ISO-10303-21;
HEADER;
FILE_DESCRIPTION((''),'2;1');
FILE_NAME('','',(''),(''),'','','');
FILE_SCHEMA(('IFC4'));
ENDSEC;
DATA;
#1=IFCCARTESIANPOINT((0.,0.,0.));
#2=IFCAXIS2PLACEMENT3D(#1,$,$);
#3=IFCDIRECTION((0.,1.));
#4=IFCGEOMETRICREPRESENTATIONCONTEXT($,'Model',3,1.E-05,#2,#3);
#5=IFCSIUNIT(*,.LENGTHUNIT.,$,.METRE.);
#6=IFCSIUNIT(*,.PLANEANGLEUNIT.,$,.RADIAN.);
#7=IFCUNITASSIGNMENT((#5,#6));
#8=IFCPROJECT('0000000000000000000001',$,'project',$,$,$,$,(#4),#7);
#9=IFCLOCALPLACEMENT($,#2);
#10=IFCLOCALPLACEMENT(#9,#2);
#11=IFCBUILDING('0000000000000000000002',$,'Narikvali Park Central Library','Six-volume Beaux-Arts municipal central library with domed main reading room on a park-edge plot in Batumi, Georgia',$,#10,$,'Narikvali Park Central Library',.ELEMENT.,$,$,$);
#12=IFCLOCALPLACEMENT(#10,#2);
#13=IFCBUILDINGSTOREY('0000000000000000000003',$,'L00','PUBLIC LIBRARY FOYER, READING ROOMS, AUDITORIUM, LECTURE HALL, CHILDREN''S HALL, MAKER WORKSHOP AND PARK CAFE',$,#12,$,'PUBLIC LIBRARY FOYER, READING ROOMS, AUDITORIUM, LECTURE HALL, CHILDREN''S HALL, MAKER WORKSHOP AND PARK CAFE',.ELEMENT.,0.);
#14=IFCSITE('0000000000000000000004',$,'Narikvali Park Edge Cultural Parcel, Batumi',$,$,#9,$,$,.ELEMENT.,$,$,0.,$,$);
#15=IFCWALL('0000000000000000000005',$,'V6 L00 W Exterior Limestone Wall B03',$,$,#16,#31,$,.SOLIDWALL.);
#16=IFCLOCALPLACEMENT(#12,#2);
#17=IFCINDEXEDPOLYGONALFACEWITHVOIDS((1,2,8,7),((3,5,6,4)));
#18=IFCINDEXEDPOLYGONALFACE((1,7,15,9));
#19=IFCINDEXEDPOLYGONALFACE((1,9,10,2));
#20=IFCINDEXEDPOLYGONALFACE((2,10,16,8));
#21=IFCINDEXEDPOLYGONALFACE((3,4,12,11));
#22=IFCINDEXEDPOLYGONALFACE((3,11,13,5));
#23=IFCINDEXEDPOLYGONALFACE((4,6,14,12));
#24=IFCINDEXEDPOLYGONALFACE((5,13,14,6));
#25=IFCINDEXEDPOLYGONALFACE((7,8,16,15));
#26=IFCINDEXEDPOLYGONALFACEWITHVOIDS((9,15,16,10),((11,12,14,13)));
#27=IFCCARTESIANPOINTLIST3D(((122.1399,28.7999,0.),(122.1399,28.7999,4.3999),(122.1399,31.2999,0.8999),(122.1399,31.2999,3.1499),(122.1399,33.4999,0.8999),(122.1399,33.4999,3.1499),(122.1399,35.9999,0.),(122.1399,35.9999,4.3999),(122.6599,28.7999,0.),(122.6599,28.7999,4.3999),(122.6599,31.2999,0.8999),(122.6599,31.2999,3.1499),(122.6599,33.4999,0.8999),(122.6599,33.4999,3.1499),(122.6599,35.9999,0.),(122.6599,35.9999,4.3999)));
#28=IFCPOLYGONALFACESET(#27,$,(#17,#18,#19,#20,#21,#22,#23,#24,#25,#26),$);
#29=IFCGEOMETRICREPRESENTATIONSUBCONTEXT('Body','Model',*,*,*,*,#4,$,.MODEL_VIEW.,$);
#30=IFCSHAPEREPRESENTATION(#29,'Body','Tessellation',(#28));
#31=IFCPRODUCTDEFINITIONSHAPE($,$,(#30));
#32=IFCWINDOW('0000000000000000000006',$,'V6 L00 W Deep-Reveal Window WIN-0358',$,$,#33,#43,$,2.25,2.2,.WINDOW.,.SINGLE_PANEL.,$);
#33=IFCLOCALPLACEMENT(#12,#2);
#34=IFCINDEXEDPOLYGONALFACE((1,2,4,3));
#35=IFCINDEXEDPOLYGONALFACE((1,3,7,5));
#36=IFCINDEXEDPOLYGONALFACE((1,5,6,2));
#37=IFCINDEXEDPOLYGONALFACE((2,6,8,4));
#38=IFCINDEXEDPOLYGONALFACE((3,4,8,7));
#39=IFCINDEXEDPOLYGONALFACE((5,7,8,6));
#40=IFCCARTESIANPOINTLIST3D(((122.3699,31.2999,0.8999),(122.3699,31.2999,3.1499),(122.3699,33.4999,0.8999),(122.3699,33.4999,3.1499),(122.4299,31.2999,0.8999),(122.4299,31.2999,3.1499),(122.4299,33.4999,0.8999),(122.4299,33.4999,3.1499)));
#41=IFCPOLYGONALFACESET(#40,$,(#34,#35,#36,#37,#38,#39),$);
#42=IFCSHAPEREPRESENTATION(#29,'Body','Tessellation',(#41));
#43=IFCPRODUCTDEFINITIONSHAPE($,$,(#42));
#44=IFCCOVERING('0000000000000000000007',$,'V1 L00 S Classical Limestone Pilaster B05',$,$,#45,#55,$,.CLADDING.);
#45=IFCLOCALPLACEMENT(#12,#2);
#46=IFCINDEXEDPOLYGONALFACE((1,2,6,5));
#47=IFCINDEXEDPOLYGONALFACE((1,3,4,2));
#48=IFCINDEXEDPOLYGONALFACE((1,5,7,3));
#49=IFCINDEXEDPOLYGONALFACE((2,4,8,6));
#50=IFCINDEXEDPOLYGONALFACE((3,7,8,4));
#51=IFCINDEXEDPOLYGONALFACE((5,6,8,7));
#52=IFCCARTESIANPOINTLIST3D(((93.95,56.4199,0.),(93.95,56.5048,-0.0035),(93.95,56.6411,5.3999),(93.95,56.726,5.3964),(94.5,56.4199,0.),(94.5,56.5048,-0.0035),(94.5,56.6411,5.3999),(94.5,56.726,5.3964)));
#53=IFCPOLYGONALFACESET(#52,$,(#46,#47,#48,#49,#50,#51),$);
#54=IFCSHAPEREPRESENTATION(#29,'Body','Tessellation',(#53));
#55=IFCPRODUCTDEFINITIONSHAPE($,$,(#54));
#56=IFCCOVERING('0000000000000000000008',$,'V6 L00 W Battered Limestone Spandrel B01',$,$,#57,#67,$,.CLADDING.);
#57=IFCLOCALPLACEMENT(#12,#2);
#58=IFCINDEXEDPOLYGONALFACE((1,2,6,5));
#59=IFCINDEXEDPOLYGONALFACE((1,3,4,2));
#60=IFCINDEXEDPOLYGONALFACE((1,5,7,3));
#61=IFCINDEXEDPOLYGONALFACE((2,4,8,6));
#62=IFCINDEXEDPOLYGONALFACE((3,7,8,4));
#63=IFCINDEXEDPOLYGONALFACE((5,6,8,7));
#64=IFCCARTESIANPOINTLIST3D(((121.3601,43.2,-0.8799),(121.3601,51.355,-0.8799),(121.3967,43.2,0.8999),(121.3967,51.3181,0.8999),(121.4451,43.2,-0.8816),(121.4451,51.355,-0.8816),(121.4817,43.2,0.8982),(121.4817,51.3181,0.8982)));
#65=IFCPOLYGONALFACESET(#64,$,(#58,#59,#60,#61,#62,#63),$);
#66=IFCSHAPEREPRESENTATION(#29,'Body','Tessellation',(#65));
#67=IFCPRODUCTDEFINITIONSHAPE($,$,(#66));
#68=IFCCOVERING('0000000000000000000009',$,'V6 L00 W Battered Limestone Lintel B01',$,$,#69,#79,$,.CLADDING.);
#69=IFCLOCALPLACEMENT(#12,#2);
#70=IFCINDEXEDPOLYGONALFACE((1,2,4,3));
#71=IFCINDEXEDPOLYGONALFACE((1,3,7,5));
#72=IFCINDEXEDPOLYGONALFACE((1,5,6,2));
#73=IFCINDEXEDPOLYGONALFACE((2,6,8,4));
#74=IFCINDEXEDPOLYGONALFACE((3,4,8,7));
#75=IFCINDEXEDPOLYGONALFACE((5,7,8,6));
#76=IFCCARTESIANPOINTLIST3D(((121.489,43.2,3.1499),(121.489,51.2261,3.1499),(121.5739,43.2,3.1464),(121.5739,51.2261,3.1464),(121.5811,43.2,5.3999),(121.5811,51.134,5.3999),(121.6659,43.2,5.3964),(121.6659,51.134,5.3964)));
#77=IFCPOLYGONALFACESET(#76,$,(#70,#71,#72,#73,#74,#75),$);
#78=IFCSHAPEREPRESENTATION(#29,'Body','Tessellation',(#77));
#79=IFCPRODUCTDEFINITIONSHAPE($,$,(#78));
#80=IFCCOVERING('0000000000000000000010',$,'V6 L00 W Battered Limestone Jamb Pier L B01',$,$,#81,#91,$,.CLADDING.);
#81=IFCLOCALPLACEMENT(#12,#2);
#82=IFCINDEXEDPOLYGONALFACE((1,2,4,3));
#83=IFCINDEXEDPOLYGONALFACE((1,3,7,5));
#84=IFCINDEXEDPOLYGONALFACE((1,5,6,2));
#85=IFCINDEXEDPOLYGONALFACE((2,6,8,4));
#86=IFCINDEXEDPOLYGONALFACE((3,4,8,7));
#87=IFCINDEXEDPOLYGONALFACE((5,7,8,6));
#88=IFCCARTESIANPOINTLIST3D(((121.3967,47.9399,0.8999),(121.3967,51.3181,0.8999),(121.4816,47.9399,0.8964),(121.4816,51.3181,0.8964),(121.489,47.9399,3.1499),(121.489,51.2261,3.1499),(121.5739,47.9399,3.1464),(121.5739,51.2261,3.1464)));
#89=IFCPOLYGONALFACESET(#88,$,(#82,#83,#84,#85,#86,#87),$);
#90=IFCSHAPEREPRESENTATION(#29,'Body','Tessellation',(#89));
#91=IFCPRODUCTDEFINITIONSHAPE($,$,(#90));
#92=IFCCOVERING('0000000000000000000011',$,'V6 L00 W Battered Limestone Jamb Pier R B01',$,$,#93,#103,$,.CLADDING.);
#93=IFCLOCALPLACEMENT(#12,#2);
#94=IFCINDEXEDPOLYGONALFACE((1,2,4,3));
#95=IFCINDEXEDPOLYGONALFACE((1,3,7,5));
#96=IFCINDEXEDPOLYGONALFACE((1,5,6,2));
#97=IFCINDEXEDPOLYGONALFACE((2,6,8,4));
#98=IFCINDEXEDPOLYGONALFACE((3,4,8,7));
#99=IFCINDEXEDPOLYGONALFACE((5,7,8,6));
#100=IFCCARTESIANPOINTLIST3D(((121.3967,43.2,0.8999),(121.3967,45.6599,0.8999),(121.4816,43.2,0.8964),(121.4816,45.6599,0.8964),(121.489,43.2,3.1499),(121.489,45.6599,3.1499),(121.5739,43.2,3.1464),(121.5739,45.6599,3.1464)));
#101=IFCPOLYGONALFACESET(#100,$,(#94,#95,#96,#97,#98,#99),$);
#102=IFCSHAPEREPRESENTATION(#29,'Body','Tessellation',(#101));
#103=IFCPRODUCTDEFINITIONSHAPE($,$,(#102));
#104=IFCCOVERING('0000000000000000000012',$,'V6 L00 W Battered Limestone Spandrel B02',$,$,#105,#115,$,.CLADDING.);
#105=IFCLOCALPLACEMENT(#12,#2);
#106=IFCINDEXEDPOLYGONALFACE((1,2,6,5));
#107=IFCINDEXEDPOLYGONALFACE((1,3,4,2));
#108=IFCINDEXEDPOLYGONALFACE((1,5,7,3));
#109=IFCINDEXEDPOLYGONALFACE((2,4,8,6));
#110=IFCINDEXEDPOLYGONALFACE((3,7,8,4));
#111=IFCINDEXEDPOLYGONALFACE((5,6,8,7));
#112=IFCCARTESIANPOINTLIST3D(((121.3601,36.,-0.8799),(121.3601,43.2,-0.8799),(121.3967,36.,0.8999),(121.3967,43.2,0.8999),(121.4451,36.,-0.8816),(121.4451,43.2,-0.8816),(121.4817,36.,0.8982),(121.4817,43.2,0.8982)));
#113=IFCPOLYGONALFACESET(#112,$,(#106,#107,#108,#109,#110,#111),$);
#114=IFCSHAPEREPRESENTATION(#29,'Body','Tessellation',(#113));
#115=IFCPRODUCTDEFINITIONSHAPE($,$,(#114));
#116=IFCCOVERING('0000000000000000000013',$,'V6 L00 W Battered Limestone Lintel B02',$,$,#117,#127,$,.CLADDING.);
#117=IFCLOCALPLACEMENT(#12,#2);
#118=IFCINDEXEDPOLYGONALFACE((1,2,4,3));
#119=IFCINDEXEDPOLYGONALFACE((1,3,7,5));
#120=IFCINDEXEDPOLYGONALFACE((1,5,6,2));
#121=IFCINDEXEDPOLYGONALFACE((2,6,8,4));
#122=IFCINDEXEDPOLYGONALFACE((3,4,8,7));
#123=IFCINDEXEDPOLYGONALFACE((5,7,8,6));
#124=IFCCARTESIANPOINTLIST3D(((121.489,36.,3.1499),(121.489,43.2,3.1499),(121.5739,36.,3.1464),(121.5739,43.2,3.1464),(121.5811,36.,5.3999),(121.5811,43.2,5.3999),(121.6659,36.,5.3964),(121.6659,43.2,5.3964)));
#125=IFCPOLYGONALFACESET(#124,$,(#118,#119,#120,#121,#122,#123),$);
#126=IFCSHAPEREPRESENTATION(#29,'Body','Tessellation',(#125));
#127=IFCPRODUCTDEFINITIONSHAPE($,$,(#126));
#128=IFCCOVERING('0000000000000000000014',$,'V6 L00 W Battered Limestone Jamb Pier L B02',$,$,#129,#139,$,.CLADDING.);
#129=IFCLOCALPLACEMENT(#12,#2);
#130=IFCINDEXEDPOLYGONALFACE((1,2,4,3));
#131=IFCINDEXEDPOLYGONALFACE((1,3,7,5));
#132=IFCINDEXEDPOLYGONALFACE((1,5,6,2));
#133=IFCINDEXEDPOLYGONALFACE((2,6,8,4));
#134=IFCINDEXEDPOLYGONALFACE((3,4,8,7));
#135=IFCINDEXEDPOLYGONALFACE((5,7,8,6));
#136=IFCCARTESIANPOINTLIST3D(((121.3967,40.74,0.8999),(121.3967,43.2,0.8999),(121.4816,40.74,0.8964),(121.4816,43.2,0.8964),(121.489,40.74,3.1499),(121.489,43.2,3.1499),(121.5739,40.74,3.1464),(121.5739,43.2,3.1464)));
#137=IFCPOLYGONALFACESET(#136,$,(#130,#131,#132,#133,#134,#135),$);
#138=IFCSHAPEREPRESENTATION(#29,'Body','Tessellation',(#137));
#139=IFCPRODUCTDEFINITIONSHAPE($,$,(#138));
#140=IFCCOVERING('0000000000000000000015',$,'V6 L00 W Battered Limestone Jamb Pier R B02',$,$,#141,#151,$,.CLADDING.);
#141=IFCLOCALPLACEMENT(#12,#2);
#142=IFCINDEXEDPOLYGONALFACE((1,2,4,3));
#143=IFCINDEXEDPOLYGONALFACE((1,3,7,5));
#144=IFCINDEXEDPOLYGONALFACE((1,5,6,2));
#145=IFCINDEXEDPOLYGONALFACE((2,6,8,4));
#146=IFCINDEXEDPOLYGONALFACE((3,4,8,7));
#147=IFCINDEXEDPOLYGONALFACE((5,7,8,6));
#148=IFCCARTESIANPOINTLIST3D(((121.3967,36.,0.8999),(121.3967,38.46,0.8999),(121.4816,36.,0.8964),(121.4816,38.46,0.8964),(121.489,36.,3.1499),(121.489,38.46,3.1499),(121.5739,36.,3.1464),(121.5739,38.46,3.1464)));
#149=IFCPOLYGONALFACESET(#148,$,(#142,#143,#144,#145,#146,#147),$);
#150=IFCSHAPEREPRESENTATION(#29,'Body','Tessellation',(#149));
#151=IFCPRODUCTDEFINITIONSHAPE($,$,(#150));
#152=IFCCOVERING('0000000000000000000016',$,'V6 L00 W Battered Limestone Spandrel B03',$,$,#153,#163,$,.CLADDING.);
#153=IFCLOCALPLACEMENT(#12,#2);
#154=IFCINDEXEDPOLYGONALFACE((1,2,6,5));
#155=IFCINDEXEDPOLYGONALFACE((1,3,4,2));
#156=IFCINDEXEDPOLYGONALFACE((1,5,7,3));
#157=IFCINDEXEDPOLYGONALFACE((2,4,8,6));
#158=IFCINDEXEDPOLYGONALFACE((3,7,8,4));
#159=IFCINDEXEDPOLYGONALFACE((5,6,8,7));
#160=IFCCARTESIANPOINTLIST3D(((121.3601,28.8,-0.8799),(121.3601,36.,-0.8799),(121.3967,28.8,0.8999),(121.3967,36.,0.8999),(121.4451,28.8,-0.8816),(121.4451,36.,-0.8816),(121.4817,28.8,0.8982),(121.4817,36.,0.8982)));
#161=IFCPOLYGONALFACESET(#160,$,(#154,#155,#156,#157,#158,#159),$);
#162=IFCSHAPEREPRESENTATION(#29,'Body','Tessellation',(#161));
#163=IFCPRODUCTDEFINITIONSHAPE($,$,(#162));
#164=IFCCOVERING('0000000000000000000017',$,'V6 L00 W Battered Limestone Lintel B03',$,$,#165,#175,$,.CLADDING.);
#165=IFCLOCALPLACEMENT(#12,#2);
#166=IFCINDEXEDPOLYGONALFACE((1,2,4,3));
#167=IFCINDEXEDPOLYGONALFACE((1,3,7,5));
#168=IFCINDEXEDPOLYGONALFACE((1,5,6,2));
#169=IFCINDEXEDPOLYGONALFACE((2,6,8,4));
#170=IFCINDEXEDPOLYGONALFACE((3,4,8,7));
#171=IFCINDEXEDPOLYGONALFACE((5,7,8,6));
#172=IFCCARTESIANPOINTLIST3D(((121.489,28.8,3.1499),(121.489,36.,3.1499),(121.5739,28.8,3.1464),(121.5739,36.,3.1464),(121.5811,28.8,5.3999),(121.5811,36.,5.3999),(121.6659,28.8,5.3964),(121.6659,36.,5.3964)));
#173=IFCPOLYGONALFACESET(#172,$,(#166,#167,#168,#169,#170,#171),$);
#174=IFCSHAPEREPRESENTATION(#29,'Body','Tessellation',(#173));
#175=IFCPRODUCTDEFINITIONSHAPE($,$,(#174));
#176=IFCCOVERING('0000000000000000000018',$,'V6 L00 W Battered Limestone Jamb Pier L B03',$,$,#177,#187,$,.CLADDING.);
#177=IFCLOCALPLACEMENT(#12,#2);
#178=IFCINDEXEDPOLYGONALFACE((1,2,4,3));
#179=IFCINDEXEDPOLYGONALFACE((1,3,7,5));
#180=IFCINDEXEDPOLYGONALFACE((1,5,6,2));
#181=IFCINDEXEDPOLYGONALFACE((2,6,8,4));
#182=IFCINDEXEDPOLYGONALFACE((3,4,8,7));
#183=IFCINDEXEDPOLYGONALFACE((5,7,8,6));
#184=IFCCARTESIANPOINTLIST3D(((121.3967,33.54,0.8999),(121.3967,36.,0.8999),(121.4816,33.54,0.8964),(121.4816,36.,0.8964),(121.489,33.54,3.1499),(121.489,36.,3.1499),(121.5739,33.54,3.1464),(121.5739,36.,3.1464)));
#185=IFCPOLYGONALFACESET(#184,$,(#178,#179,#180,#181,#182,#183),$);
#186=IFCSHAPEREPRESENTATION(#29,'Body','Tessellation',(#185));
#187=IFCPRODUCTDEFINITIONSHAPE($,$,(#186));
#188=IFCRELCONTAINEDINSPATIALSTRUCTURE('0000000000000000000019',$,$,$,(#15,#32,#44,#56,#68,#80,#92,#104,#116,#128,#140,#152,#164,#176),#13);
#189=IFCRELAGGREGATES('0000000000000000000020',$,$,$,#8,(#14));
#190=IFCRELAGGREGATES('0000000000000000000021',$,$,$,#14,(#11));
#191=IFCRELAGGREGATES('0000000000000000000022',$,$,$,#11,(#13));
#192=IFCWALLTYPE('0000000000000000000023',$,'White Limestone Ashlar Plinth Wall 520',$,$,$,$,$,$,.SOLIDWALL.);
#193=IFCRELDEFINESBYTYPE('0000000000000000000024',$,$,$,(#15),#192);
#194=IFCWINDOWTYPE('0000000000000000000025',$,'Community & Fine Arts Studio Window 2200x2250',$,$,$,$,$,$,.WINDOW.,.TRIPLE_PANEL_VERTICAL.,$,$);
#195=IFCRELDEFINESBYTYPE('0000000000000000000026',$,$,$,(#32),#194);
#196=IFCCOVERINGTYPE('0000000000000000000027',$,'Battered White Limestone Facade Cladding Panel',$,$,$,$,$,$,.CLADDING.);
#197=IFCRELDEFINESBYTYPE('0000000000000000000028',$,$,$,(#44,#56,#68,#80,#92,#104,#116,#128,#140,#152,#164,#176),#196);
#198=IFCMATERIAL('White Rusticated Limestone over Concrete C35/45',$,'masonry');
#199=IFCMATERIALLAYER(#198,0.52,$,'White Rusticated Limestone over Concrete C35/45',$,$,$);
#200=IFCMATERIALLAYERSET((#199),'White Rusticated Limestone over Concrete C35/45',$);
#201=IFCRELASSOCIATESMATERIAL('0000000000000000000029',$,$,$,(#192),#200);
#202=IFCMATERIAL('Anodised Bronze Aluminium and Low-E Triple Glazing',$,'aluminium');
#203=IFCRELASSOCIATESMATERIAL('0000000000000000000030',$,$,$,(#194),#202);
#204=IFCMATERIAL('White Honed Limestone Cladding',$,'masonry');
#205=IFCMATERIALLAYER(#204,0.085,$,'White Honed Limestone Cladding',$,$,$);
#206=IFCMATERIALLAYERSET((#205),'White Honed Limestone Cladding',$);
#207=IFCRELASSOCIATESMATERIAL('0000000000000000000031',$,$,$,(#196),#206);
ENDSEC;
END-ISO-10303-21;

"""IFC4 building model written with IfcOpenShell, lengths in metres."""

from ifc_helpers import new_model, si_unit, direction, frame, frame_2d, origin, place, context, subcontext, project, spatial, polyline, rectangle, outline, extrude, material, layer, layer_set, type_object, element, fill, save


model = new_model("IFC4")

# Units and contexts
model_context = context("Model", 3, precision=1e-05, world=origin(), true_north=direction((0.0, 1.0)))
body_context = subcontext(model_context, "Body", "Model", "MODEL_VIEW")
ifc_project = project(units=[si_unit("LENGTHUNIT", "METRE"), si_unit("PLANEANGLEUNIT", "RADIAN")], contexts=[model_context])

# Site, building, storey
site_placement = place(None, origin())
site = spatial("IfcSite", under=ifc_project, at=site_placement, Name="Narikvali Park Edge Cultural Parcel, Batumi", CompositionType="ELEMENT", RefElevation=0.0)
building_placement = place(site_placement, origin())
building = spatial("IfcBuilding", under=site, at=building_placement, Name="Narikvali Park Central Library", Description="Six-volume Beaux-Arts municipal central library with domed main reading room on a park-edge plot in Batumi, Georgia", LongName="Narikvali Park Central Library", CompositionType="ELEMENT")
storey_placement = place(building_placement, origin())
storey = spatial("IfcBuildingStorey", under=building, at=storey_placement, Name="L00", Description="PUBLIC LIBRARY FOYER, READING ROOMS, AUDITORIUM, LECTURE HALL, CHILDREN'S HALL, MAKER WORKSHOP AND PARK CAFE", LongName="PUBLIC LIBRARY FOYER, READING ROOMS, AUDITORIUM, LECTURE HALL, CHILDREN'S HALL, MAKER WORKSHOP AND PARK CAFE", CompositionType="ELEMENT", Elevation=0.0)

# Wall, opening, window
ifc_material_1 = material(Name="White Rusticated Limestone over Concrete C35/45", Category="masonry")
ifc_layer_1 = layer(ifc_material_1, 0.52, Name="White Rusticated Limestone over Concrete C35/45")
ifc_layer_set_1 = layer_set([ifc_layer_1], Name="White Rusticated Limestone over Concrete C35/45")
wall_type = type_object("IfcWallType", Name="White Limestone Ashlar Plinth Wall 520", PredefinedType="SOLIDWALL", material=ifc_layer_set_1)
ifc_material_2 = material(Name="Anodised Bronze Aluminium and Low-E Triple Glazing", Category="aluminium")
window_type = type_object("IfcWindowType", Name="Community & Fine Arts Studio Window 2200x2250", PartitioningType="TRIPLE_PANEL_VERTICAL", PredefinedType="WINDOW", material=ifc_material_2)
wall_1_placement = place(storey_placement, frame((122.3999, 36.0, 0.0), z_axis=(0.0, 0.0, 1.0), x_axis=(0.0, -1.0, 0.0)))
wall_1 = element("IfcWall", 1, at=wall_1_placement, inside=storey, type_object=wall_type, Name="V6 L00 W Exterior Limestone Wall B03", PredefinedType="SOLIDWALL", context=body_context, shape_type="SweptSolid", body=[
    extrude(rectangle(XDim=7.2, YDim=0.52, at=frame_2d((3.6001, 0.0))), origin(), (0.0, 0.0, 1.0), 4.3999),
])
opening_1_placement = place(wall_1_placement, frame((2.5, 0.0, 0.8999)))
opening_1 = element("IfcOpeningElement", 2, at=opening_1_placement, cuts=wall_1, PredefinedType="OPENING", context=body_context, shape_type="SweptSolid", body=[
    extrude(rectangle(XDim=2.2, YDim=2.25, at=frame_2d((1.1001, 1.125))), frame((0.0, 0.272, 0.0), z_axis=(0.0, -1.0, 0.0), x_axis=(1.0, 0.0, 0.0)), (0.0, 0.0, 1.0), 0.5439),
])
window_1_placement = place(opening_1_placement, origin())
window_1 = element("IfcWindow", 3, at=window_1_placement, inside=storey, type_object=window_type, Name="V6 L00 W Deep-Reveal Window WIN-0358", OverallHeight=2.25, OverallWidth=2.2, PartitioningType="SINGLE_PANEL", PredefinedType="WINDOW", context=body_context, shape_type="SweptSolid", body=[
    extrude(rectangle(XDim=2.2, YDim=2.25, at=frame_2d((1.1001, 1.125))), frame((0.0, 0.03, 0.0), z_axis=(0.0, -1.0, 0.0), x_axis=(1.0, 0.0, 0.0)), (0.0, 0.0, 1.0), 0.0601),
])
fill(opening_1, window_1)

# Coverings
ifc_material_3 = material(Name="White Honed Limestone Cladding", Category="masonry")
ifc_layer_2 = layer(ifc_material_3, 0.085, Name="White Honed Limestone Cladding")
ifc_layer_set_2 = layer_set([ifc_layer_2], Name="White Honed Limestone Cladding")
covering_type = type_object("IfcCoveringType", Name="Battered White Limestone Facade Cladding Panel", PredefinedType="CLADDING", material=ifc_layer_set_2)
covering_1_placement = place(storey_placement, frame((93.95, 56.4199, 0.0), z_axis=(0.0, -0.999162, 0.040928), x_axis=(1.0, 0.0, 0.0)))
element("IfcCovering", 4, at=covering_1_placement, inside=storey, type_object=covering_type, Name="V1 L00 S Classical Limestone Pilaster B05", PredefinedType="CLADDING", context=body_context, shape_type="SweptSolid", body=[
    extrude(outline(polyline([(0.0, 0.0), (0.55, 0.0), (0.55, 5.4044), (0.0, 5.4044), (0.0, 0.0)])), origin(), (0.0, 0.0, -1.0), 0.085),
])
covering_2_placement = place(storey_placement, frame((121.3601, 51.355, -0.8799), z_axis=(-0.999788, 0.0, 0.020572), x_axis=(0.0, -1.0, 0.0)))
element("IfcCovering", 5, at=covering_2_placement, inside=storey, type_object=covering_type, Name="V6 L00 W Battered Limestone Spandrel B01", PredefinedType="CLADDING", context=body_context, shape_type="SweptSolid", body=[
    extrude(outline(polyline([(0.0, 0.0), (8.155, 0.0), (8.155, 1.7802), (0.0369, 1.7802), (0.0, 0.0)])), origin(), (0.0, 0.0, -1.0), 0.085),
])
covering_3_placement = place(storey_placement, frame((121.489, 51.2261, 3.1499), z_axis=(-0.999164, 0.0, 0.040873), x_axis=(0.0, -1.0, 0.0)))
element("IfcCovering", 6, at=covering_3_placement, inside=storey, type_object=covering_type, Name="V6 L00 W Battered Limestone Lintel B01", PredefinedType="CLADDING", context=body_context, shape_type="SweptSolid", body=[
    extrude(outline(polyline([(0.0, 0.0), (8.0261, 0.0), (8.0261, 2.2519), (0.092, 2.2519), (0.0, 0.0)])), origin(), (0.0, 0.0, -1.0), 0.085),
])
covering_4_placement = place(storey_placement, frame((121.3967, 51.3181, 0.8999), z_axis=(-0.99916, 0.0, 0.040981), x_axis=(0.0, -1.0, 0.0)))
element("IfcCovering", 7, at=covering_4_placement, inside=storey, type_object=covering_type, Name="V6 L00 W Battered Limestone Jamb Pier L B01", PredefinedType="CLADDING", context=body_context, shape_type="SweptSolid", body=[
    extrude(outline(polyline([(0.0, 0.0), (3.3782, 0.0), (3.3782, 2.2519), (0.092, 2.2519), (0.0, 0.0)])), origin(), (0.0, 0.0, -1.0), 0.085),
])
covering_5_placement = place(storey_placement, frame((121.3967, 45.6599, 0.8999), z_axis=(-0.99916, 0.0, 0.040981), x_axis=(0.0, -1.0, 0.0)))
element("IfcCovering", 8, at=covering_5_placement, inside=storey, type_object=covering_type, Name="V6 L00 W Battered Limestone Jamb Pier R B01", PredefinedType="CLADDING", context=body_context, shape_type="SweptSolid", body=[
    extrude(outline(polyline([(0.0, 0.0), (2.46, 0.0), (2.46, 2.2519), (0.0, 2.2519), (0.0, 0.0)])), origin(), (0.0, 0.0, -1.0), 0.085),
])
covering_6_placement = place(storey_placement, frame((121.3601, 43.2, -0.8799), z_axis=(-0.999788, 0.0, 0.020572), x_axis=(0.0, -1.0, 0.0)))
element("IfcCovering", 9, at=covering_6_placement, inside=storey, type_object=covering_type, Name="V6 L00 W Battered Limestone Spandrel B02", PredefinedType="CLADDING", context=body_context, shape_type="SweptSolid", body=[
    extrude(outline(polyline([(0.0, 0.0), (7.2, 0.0), (7.2, 1.7802), (0.0, 1.7802), (0.0, 0.0)])), origin(), (0.0, 0.0, -1.0), 0.085),
])
covering_7_placement = place(storey_placement, frame((121.489, 43.2, 3.1499), z_axis=(-0.999164, 0.0, 0.040873), x_axis=(0.0, -1.0, 0.0)))
element("IfcCovering", 10, at=covering_7_placement, inside=storey, type_object=covering_type, Name="V6 L00 W Battered Limestone Lintel B02", PredefinedType="CLADDING", context=body_context, shape_type="SweptSolid", body=[
    extrude(outline(polyline([(0.0, 0.0), (7.2, 0.0), (7.2, 2.2519), (0.0, 2.2519), (0.0, 0.0)])), origin(), (0.0, 0.0, -1.0), 0.085),
])
for number, where, z_axis, x_axis, name in (
    (11, (121.3967, 43.2, 0.8999), (-0.99916, 0.0, 0.040981), (0.0, -1.0, 0.0), "V6 L00 W Battered Limestone Jamb Pier L B02"),
    (12, (121.3967, 38.46, 0.8999), (-0.99916, 0.0, 0.040981), (0.0, -1.0, 0.0), "V6 L00 W Battered Limestone Jamb Pier R B02"),
):
    element("IfcCovering", number, at=place(storey_placement, frame(where, z_axis=z_axis, x_axis=x_axis)), inside=storey, type_object=covering_type, Name=name, PredefinedType="CLADDING", context=body_context, shape_type="SweptSolid", body=[
        extrude(outline(polyline([(0.0, 0.0), (2.46, 0.0), (2.46, 2.2519), (0.0, 2.2519), (0.0, 0.0)])), origin(), (0.0, 0.0, -1.0), 0.085),
    ])
covering_8_placement = place(storey_placement, frame((121.3601, 36.0, -0.8799), z_axis=(-0.999788, 0.0, 0.020572), x_axis=(0.0, -1.0, 0.0)))
element("IfcCovering", 13, at=covering_8_placement, inside=storey, type_object=covering_type, Name="V6 L00 W Battered Limestone Spandrel B03", PredefinedType="CLADDING", context=body_context, shape_type="SweptSolid", body=[
    extrude(outline(polyline([(0.0, 0.0), (7.2, 0.0), (7.2, 1.7802), (0.0, 1.7802), (0.0, 0.0)])), origin(), (0.0, 0.0, -1.0), 0.085),
])
covering_9_placement = place(storey_placement, frame((121.489, 36.0, 3.1499), z_axis=(-0.999164, 0.0, 0.040873), x_axis=(0.0, -1.0, 0.0)))
element("IfcCovering", 14, at=covering_9_placement, inside=storey, type_object=covering_type, Name="V6 L00 W Battered Limestone Lintel B03", PredefinedType="CLADDING", context=body_context, shape_type="SweptSolid", body=[
    extrude(outline(polyline([(0.0, 0.0), (7.2, 0.0), (7.2, 2.2519), (0.0, 2.2519), (0.0, 0.0)])), origin(), (0.0, 0.0, -1.0), 0.085),
])
for number, where, z_axis, x_axis, name in (
    (15, (121.3967, 36.0, 0.8999), (-0.99916, 0.0, 0.040981), (0.0, -1.0, 0.0), "V6 L00 W Battered Limestone Jamb Pier L B03"),
):
    element("IfcCovering", number, at=place(storey_placement, frame(where, z_axis=z_axis, x_axis=x_axis)), inside=storey, type_object=covering_type, Name=name, PredefinedType="CLADDING", context=body_context, shape_type="SweptSolid", body=[
        extrude(outline(polyline([(0.0, 0.0), (2.46, 0.0), (2.46, 2.2519), (0.0, 2.2519), (0.0, 0.0)])), origin(), (0.0, 0.0, -1.0), 0.085),
    ])

save(model, "model.ifc")
